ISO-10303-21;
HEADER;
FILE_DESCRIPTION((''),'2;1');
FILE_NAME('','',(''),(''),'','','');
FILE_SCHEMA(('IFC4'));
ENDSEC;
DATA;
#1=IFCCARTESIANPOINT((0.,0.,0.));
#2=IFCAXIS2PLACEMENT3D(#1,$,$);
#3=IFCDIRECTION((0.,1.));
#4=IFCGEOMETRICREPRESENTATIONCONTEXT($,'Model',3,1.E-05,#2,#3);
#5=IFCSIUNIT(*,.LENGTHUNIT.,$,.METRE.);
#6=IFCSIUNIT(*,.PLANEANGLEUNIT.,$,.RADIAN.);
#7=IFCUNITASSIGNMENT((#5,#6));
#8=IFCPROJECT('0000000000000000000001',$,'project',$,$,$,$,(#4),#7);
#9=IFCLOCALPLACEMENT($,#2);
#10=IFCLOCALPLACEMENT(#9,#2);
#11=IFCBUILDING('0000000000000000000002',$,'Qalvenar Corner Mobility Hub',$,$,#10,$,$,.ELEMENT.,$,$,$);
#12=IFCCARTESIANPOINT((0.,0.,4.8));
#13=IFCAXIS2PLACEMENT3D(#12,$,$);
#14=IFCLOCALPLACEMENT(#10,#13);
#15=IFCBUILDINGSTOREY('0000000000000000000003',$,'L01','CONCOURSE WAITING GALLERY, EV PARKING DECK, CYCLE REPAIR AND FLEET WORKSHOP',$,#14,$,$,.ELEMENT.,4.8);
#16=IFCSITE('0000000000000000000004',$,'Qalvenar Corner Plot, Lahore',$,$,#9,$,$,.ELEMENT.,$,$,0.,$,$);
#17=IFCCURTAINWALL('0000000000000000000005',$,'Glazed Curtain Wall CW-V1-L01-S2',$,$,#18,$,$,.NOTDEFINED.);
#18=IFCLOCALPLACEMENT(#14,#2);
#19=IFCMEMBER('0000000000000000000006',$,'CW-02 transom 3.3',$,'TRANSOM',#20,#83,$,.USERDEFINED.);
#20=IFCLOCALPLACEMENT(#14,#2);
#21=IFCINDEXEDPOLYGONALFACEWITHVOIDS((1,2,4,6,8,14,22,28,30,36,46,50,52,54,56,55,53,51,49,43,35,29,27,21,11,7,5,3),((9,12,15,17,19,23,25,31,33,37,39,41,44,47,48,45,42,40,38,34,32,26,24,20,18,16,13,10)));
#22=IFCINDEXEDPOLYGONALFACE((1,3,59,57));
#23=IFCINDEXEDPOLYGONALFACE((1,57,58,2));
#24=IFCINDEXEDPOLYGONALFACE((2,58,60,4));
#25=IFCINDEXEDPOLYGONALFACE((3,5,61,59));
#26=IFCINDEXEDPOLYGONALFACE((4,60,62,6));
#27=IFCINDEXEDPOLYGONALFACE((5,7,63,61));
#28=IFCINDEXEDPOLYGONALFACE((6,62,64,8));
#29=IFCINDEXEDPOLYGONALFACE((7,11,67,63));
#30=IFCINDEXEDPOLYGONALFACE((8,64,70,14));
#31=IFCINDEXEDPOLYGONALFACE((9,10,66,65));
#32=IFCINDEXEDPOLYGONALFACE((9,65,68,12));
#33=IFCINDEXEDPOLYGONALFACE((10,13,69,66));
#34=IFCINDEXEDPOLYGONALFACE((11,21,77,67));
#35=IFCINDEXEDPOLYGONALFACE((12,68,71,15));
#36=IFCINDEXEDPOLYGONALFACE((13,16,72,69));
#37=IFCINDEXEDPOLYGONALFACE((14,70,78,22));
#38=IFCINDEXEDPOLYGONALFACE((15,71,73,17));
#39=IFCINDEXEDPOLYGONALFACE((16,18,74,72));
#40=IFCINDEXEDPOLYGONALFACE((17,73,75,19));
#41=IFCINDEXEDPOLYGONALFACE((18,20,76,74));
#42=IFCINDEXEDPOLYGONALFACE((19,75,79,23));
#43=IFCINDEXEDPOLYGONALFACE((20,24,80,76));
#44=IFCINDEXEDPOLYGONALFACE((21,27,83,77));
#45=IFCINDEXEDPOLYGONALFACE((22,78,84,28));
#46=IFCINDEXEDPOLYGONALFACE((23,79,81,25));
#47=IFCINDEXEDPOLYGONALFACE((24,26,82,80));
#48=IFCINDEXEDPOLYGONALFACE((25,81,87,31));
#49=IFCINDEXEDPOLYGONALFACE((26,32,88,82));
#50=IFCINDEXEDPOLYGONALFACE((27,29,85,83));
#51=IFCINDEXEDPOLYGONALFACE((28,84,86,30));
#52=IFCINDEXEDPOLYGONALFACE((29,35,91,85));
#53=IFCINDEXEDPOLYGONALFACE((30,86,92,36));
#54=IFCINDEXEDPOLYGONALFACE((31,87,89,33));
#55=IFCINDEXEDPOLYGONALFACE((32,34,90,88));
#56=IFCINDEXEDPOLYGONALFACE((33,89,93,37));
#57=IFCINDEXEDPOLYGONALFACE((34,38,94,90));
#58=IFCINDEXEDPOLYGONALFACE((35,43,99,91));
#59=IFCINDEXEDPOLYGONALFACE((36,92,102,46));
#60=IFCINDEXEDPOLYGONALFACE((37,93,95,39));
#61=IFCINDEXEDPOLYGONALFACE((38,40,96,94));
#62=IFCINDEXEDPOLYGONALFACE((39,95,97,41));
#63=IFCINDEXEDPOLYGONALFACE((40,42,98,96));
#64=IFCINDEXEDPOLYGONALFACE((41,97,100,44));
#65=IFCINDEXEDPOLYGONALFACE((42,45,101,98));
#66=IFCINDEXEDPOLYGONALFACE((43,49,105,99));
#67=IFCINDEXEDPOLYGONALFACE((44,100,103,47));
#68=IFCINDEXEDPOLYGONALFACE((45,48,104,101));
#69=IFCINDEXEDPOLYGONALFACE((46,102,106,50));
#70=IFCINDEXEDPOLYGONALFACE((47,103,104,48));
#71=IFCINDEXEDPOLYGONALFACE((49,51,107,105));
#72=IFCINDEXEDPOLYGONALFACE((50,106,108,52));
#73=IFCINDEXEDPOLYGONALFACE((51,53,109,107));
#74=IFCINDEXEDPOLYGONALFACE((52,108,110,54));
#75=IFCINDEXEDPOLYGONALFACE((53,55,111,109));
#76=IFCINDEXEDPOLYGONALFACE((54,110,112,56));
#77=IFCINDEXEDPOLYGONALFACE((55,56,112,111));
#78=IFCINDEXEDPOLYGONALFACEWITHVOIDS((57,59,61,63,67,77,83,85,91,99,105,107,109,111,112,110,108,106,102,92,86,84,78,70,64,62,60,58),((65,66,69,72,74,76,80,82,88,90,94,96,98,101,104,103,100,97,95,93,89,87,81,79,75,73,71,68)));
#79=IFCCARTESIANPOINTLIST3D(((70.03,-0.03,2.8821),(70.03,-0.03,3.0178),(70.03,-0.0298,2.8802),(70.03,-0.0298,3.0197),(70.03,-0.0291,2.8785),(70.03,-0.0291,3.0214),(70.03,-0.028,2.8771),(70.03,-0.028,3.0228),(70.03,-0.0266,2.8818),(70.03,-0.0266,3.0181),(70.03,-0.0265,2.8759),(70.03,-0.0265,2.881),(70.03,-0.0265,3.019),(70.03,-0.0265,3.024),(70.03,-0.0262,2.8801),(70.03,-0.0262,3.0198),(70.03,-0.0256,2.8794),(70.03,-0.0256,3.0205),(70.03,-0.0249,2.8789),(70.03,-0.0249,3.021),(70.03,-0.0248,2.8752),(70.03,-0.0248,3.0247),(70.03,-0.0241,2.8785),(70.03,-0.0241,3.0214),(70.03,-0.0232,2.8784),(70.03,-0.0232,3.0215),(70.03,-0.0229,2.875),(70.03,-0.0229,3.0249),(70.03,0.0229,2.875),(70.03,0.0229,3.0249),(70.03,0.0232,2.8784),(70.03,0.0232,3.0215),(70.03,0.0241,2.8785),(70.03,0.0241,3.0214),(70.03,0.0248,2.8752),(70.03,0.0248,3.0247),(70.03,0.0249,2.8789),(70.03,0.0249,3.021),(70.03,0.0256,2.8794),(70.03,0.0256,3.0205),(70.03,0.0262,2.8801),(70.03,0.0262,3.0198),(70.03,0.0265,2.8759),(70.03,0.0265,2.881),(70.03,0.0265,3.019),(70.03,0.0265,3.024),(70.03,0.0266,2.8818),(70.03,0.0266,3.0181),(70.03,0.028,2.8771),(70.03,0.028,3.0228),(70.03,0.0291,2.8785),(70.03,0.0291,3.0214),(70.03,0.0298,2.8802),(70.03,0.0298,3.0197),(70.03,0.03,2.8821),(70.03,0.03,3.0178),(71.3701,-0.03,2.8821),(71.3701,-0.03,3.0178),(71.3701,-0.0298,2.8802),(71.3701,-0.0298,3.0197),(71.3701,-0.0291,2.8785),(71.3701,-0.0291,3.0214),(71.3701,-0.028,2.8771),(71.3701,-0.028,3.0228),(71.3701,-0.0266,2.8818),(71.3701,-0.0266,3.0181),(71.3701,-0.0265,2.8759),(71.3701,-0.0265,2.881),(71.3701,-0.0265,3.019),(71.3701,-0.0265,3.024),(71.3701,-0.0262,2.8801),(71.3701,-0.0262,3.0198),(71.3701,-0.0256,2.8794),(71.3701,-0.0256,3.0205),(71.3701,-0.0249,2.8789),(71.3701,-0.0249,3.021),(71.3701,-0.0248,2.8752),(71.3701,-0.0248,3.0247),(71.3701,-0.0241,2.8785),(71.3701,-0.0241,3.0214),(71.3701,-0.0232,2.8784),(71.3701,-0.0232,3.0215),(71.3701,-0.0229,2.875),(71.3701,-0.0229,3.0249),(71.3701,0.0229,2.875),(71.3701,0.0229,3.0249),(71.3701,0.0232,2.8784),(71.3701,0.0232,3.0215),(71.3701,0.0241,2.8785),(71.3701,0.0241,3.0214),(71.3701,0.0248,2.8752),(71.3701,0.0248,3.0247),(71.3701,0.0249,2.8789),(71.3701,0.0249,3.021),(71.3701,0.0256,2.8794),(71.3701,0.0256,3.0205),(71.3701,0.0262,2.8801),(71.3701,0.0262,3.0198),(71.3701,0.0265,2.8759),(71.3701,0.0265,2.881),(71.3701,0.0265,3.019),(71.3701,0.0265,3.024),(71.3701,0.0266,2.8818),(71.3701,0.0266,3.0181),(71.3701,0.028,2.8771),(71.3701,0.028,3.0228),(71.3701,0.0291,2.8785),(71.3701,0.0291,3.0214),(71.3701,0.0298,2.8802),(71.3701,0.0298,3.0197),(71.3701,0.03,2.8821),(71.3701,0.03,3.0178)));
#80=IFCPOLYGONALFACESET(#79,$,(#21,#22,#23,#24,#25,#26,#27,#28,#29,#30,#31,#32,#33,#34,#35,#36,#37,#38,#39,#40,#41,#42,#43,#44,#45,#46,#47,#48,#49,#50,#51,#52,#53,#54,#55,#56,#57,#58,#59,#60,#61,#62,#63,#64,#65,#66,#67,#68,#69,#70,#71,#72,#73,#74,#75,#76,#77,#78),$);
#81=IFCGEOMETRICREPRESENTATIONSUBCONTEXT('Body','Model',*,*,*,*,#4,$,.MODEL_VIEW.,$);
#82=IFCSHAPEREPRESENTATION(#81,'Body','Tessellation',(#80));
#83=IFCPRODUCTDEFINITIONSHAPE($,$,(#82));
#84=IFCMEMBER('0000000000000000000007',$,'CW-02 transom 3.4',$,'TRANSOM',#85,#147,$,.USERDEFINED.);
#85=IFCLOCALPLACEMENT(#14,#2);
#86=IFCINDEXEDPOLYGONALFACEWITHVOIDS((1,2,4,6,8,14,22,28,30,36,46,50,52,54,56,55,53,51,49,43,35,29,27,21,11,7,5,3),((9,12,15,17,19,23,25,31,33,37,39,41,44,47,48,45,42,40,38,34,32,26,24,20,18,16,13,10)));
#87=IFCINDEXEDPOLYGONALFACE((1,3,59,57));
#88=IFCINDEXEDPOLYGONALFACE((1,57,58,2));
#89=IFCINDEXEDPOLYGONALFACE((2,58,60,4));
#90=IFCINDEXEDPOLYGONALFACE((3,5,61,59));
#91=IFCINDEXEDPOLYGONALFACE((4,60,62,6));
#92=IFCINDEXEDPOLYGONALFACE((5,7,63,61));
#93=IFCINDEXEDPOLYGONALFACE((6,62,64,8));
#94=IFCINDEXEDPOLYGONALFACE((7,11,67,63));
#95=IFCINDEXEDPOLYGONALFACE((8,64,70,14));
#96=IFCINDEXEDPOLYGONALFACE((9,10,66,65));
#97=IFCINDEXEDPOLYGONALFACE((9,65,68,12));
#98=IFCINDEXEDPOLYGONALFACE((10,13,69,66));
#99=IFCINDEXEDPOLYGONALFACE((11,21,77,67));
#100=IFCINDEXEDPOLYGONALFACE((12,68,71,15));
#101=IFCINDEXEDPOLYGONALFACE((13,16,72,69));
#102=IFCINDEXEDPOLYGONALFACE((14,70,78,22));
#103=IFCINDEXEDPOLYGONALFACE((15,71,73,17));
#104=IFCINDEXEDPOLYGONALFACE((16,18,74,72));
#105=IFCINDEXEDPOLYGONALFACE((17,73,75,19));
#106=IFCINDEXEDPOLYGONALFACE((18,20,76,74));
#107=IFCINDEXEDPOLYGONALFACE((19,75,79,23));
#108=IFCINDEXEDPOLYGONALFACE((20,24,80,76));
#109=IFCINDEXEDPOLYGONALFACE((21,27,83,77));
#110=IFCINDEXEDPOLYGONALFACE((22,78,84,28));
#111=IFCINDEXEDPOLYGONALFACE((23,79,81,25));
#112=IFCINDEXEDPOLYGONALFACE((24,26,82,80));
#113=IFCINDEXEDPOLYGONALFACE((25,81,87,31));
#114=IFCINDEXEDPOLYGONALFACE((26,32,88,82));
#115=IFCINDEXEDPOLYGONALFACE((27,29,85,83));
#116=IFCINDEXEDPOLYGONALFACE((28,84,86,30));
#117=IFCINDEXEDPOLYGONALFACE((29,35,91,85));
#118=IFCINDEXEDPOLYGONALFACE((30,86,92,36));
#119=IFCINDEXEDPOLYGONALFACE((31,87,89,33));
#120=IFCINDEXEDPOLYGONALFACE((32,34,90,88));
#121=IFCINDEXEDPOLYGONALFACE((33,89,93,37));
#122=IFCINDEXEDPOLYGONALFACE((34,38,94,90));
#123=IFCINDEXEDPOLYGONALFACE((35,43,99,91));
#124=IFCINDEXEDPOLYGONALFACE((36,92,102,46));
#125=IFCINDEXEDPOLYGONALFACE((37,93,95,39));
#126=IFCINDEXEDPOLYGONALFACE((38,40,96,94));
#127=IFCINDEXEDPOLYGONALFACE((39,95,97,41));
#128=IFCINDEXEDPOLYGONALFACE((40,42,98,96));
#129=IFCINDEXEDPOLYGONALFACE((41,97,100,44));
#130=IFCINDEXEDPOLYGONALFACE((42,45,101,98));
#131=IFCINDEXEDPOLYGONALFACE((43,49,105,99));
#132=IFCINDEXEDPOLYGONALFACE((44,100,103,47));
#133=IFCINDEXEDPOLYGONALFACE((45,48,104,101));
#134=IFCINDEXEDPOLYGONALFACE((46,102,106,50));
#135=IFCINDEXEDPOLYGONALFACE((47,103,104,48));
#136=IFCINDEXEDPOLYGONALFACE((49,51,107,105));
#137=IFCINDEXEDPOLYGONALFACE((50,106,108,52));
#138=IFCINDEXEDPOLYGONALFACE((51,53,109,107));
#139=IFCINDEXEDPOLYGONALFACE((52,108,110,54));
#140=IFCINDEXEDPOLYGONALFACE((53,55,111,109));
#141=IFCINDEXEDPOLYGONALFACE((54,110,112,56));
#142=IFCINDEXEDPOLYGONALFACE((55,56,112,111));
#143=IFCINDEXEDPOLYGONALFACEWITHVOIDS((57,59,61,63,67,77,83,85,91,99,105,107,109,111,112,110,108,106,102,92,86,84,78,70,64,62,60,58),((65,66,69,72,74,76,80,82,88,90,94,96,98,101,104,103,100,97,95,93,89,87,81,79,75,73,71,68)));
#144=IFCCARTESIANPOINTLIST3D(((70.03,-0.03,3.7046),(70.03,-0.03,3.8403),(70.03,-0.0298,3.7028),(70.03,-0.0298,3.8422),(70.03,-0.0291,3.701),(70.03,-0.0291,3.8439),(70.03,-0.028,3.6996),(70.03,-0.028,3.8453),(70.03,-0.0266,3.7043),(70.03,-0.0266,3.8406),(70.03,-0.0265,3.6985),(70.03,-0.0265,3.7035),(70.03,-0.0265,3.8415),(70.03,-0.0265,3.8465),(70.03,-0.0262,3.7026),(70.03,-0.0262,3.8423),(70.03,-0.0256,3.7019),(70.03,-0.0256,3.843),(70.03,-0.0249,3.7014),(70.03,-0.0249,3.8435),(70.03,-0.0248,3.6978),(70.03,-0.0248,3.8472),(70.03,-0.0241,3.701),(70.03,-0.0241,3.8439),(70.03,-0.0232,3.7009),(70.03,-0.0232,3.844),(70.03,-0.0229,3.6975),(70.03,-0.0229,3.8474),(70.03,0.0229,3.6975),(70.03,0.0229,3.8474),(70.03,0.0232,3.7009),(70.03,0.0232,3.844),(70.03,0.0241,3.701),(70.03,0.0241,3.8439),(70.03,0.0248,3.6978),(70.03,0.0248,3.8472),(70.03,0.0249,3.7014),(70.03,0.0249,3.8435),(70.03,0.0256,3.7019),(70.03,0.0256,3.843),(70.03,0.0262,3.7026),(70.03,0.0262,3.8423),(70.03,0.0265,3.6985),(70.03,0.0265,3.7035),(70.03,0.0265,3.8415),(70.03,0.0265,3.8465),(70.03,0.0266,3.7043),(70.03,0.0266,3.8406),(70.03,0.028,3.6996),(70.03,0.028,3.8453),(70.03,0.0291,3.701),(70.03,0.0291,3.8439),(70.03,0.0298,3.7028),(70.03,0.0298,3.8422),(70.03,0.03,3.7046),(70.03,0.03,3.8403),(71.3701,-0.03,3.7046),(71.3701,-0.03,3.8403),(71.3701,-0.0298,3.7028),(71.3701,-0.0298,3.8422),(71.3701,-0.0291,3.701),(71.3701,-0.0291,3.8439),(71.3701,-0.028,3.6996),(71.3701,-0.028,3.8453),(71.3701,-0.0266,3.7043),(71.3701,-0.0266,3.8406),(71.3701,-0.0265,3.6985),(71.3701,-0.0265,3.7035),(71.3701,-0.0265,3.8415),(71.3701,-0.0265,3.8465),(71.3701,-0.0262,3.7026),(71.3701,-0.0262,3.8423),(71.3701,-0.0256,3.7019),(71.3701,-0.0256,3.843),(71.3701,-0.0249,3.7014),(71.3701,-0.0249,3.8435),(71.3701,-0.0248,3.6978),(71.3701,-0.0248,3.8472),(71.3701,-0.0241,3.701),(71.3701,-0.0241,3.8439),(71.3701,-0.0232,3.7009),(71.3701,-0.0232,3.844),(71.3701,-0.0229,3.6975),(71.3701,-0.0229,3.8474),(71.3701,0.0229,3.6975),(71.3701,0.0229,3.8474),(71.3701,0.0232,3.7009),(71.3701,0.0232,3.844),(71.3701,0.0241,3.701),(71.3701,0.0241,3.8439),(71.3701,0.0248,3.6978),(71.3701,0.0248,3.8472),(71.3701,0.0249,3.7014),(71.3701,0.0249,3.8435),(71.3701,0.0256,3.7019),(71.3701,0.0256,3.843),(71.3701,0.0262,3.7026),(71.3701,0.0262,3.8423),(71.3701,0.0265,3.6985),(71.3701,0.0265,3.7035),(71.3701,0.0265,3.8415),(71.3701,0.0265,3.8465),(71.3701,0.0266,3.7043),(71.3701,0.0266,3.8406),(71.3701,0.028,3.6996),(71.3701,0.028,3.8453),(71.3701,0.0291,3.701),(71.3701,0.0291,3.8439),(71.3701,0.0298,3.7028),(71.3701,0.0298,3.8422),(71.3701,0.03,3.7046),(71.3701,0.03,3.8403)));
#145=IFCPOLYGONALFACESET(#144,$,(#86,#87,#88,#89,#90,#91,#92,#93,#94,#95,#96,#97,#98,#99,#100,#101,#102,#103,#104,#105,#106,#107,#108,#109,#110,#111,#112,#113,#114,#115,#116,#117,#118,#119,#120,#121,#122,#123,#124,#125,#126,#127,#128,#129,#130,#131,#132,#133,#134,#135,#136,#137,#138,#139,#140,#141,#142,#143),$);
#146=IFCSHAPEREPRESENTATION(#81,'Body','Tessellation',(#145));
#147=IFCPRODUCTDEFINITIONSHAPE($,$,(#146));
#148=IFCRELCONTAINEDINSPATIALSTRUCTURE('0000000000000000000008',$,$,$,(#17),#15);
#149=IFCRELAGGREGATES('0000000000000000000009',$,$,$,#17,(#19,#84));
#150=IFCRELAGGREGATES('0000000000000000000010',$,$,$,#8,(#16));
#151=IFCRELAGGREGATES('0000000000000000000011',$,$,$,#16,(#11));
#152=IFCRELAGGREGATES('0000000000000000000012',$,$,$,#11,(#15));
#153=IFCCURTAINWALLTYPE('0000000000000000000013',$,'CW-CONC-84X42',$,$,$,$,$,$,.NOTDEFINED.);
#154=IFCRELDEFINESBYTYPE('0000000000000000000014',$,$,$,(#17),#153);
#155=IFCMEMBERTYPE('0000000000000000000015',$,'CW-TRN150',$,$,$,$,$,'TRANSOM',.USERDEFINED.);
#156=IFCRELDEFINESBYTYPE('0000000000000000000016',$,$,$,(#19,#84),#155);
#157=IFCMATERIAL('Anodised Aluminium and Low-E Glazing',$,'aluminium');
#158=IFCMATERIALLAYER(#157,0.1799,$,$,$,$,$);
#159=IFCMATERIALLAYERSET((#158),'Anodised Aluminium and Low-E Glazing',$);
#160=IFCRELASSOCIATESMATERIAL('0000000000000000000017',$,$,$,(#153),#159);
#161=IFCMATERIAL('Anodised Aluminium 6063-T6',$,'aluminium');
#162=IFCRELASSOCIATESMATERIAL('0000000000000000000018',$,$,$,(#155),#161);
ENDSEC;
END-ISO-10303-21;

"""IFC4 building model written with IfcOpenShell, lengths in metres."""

from ifc_helpers import new_model, si_unit, direction, frame, origin, origin_2d, place, context, subcontext, project, spatial, hollow_rectangle, extrude, material, layer, layer_set, material_profile, profile_set, type_object, element, aggregate, save


model = new_model("IFC4")

# Units and contexts
model_context = context("Model", 3, precision=1e-05, world=origin(), true_north=direction((0.0, 1.0)))
body_context = subcontext(model_context, "Body", "Model", "MODEL_VIEW")
ifc_project = project(units=[si_unit("LENGTHUNIT", "METRE"), si_unit("PLANEANGLEUNIT", "RADIAN")], contexts=[model_context])

# Site, building, storey
site_placement = place(None, origin())
site = spatial("IfcSite", under=ifc_project, at=site_placement, Name="Qalvenar Corner Plot, Lahore", CompositionType="ELEMENT", RefElevation=0.0)
building_placement = place(site_placement, origin())
building = spatial("IfcBuilding", under=site, at=building_placement, Name="Qalvenar Corner Mobility Hub", CompositionType="ELEMENT")
storey_placement = place(building_placement, frame((0.0, 0.0, 4.8)))
storey = spatial("IfcBuildingStorey", under=building, at=storey_placement, Name="L01", Description="CONCOURSE WAITING GALLERY, EV PARKING DECK, CYCLE REPAIR AND FLEET WORKSHOP", CompositionType="ELEMENT", Elevation=4.8)

# Curtain wall, members
ifc_material_1 = material(Name="Anodised Aluminium and Low-E Glazing", Category="aluminium")
ifc_layer_1 = layer(ifc_material_1, 0.1799)
ifc_layer_set_1 = layer_set([ifc_layer_1], Name="Anodised Aluminium and Low-E Glazing")
curtain_wall_type = type_object("IfcCurtainWallType", Name="CW-CONC-84X42", PredefinedType="NOTDEFINED", material=ifc_layer_set_1)
curtain_wall_placement = place(storey_placement, origin())
curtain_wall = element("IfcCurtainWall", 1, at=curtain_wall_placement, inside=storey, type_object=curtain_wall_type, Name="Glazed Curtain Wall CW-V1-L01-S2", PredefinedType="NOTDEFINED")
ifc_material_2 = material(Name="Anodised Aluminium 6063-T6", Category="aluminium")
ifc_material_profile_1 = material_profile(ifc_material_2, hollow_rectangle(XDim=0.0601, YDim=0.1499, WallThickness=0.0034, InnerFilletRadius=0.0034, OuterFilletRadius=0.0071, at=origin_2d()), Name="RHS150x60x3.5")
ifc_profile_set_1 = profile_set([ifc_material_profile_1], Name="Anodised Aluminium 6063-T6")
member_type_1 = type_object("IfcMemberType", Name="CW-TRN150", ElementType="TRANSOM", PredefinedType="USERDEFINED", material=ifc_profile_set_1)
member_1_placement = place(storey_placement, frame((70.03, 0.0, 2.95), z_axis=(1.0, 0.0, 0.0), x_axis=(0.0, 1.0, 0.0)))
member_1 = element("IfcMember", 2, at=member_1_placement, type_object=member_type_1, Name="CW-02 transom 3.3", ObjectType="TRANSOM", PredefinedType="USERDEFINED", context=body_context, shape_type="SweptSolid", body=[
    extrude(hollow_rectangle(XDim=0.0601, YDim=0.1499, WallThickness=0.0034, InnerFilletRadius=0.0034, OuterFilletRadius=0.0071, at=origin_2d()), origin(), (0.0, 0.0, 1.0), 1.3401),
])
member_2_placement = place(storey_placement, frame((70.03, 0.0, 3.7725), z_axis=(1.0, 0.0, 0.0), x_axis=(0.0, 1.0, 0.0)))
member_2 = element("IfcMember", 3, at=member_2_placement, type_object=member_type_1, Name="CW-02 transom 3.4", ObjectType="TRANSOM", PredefinedType="USERDEFINED", context=body_context, shape_type="SweptSolid", body=[
    extrude(hollow_rectangle(XDim=0.0601, YDim=0.1499, WallThickness=0.0034, InnerFilletRadius=0.0034, OuterFilletRadius=0.0071, at=origin_2d()), origin(), (0.0, 0.0, 1.0), 1.3401),
])
aggregate(curtain_wall, [member_1, member_2])

save(model, "model.ifc")
